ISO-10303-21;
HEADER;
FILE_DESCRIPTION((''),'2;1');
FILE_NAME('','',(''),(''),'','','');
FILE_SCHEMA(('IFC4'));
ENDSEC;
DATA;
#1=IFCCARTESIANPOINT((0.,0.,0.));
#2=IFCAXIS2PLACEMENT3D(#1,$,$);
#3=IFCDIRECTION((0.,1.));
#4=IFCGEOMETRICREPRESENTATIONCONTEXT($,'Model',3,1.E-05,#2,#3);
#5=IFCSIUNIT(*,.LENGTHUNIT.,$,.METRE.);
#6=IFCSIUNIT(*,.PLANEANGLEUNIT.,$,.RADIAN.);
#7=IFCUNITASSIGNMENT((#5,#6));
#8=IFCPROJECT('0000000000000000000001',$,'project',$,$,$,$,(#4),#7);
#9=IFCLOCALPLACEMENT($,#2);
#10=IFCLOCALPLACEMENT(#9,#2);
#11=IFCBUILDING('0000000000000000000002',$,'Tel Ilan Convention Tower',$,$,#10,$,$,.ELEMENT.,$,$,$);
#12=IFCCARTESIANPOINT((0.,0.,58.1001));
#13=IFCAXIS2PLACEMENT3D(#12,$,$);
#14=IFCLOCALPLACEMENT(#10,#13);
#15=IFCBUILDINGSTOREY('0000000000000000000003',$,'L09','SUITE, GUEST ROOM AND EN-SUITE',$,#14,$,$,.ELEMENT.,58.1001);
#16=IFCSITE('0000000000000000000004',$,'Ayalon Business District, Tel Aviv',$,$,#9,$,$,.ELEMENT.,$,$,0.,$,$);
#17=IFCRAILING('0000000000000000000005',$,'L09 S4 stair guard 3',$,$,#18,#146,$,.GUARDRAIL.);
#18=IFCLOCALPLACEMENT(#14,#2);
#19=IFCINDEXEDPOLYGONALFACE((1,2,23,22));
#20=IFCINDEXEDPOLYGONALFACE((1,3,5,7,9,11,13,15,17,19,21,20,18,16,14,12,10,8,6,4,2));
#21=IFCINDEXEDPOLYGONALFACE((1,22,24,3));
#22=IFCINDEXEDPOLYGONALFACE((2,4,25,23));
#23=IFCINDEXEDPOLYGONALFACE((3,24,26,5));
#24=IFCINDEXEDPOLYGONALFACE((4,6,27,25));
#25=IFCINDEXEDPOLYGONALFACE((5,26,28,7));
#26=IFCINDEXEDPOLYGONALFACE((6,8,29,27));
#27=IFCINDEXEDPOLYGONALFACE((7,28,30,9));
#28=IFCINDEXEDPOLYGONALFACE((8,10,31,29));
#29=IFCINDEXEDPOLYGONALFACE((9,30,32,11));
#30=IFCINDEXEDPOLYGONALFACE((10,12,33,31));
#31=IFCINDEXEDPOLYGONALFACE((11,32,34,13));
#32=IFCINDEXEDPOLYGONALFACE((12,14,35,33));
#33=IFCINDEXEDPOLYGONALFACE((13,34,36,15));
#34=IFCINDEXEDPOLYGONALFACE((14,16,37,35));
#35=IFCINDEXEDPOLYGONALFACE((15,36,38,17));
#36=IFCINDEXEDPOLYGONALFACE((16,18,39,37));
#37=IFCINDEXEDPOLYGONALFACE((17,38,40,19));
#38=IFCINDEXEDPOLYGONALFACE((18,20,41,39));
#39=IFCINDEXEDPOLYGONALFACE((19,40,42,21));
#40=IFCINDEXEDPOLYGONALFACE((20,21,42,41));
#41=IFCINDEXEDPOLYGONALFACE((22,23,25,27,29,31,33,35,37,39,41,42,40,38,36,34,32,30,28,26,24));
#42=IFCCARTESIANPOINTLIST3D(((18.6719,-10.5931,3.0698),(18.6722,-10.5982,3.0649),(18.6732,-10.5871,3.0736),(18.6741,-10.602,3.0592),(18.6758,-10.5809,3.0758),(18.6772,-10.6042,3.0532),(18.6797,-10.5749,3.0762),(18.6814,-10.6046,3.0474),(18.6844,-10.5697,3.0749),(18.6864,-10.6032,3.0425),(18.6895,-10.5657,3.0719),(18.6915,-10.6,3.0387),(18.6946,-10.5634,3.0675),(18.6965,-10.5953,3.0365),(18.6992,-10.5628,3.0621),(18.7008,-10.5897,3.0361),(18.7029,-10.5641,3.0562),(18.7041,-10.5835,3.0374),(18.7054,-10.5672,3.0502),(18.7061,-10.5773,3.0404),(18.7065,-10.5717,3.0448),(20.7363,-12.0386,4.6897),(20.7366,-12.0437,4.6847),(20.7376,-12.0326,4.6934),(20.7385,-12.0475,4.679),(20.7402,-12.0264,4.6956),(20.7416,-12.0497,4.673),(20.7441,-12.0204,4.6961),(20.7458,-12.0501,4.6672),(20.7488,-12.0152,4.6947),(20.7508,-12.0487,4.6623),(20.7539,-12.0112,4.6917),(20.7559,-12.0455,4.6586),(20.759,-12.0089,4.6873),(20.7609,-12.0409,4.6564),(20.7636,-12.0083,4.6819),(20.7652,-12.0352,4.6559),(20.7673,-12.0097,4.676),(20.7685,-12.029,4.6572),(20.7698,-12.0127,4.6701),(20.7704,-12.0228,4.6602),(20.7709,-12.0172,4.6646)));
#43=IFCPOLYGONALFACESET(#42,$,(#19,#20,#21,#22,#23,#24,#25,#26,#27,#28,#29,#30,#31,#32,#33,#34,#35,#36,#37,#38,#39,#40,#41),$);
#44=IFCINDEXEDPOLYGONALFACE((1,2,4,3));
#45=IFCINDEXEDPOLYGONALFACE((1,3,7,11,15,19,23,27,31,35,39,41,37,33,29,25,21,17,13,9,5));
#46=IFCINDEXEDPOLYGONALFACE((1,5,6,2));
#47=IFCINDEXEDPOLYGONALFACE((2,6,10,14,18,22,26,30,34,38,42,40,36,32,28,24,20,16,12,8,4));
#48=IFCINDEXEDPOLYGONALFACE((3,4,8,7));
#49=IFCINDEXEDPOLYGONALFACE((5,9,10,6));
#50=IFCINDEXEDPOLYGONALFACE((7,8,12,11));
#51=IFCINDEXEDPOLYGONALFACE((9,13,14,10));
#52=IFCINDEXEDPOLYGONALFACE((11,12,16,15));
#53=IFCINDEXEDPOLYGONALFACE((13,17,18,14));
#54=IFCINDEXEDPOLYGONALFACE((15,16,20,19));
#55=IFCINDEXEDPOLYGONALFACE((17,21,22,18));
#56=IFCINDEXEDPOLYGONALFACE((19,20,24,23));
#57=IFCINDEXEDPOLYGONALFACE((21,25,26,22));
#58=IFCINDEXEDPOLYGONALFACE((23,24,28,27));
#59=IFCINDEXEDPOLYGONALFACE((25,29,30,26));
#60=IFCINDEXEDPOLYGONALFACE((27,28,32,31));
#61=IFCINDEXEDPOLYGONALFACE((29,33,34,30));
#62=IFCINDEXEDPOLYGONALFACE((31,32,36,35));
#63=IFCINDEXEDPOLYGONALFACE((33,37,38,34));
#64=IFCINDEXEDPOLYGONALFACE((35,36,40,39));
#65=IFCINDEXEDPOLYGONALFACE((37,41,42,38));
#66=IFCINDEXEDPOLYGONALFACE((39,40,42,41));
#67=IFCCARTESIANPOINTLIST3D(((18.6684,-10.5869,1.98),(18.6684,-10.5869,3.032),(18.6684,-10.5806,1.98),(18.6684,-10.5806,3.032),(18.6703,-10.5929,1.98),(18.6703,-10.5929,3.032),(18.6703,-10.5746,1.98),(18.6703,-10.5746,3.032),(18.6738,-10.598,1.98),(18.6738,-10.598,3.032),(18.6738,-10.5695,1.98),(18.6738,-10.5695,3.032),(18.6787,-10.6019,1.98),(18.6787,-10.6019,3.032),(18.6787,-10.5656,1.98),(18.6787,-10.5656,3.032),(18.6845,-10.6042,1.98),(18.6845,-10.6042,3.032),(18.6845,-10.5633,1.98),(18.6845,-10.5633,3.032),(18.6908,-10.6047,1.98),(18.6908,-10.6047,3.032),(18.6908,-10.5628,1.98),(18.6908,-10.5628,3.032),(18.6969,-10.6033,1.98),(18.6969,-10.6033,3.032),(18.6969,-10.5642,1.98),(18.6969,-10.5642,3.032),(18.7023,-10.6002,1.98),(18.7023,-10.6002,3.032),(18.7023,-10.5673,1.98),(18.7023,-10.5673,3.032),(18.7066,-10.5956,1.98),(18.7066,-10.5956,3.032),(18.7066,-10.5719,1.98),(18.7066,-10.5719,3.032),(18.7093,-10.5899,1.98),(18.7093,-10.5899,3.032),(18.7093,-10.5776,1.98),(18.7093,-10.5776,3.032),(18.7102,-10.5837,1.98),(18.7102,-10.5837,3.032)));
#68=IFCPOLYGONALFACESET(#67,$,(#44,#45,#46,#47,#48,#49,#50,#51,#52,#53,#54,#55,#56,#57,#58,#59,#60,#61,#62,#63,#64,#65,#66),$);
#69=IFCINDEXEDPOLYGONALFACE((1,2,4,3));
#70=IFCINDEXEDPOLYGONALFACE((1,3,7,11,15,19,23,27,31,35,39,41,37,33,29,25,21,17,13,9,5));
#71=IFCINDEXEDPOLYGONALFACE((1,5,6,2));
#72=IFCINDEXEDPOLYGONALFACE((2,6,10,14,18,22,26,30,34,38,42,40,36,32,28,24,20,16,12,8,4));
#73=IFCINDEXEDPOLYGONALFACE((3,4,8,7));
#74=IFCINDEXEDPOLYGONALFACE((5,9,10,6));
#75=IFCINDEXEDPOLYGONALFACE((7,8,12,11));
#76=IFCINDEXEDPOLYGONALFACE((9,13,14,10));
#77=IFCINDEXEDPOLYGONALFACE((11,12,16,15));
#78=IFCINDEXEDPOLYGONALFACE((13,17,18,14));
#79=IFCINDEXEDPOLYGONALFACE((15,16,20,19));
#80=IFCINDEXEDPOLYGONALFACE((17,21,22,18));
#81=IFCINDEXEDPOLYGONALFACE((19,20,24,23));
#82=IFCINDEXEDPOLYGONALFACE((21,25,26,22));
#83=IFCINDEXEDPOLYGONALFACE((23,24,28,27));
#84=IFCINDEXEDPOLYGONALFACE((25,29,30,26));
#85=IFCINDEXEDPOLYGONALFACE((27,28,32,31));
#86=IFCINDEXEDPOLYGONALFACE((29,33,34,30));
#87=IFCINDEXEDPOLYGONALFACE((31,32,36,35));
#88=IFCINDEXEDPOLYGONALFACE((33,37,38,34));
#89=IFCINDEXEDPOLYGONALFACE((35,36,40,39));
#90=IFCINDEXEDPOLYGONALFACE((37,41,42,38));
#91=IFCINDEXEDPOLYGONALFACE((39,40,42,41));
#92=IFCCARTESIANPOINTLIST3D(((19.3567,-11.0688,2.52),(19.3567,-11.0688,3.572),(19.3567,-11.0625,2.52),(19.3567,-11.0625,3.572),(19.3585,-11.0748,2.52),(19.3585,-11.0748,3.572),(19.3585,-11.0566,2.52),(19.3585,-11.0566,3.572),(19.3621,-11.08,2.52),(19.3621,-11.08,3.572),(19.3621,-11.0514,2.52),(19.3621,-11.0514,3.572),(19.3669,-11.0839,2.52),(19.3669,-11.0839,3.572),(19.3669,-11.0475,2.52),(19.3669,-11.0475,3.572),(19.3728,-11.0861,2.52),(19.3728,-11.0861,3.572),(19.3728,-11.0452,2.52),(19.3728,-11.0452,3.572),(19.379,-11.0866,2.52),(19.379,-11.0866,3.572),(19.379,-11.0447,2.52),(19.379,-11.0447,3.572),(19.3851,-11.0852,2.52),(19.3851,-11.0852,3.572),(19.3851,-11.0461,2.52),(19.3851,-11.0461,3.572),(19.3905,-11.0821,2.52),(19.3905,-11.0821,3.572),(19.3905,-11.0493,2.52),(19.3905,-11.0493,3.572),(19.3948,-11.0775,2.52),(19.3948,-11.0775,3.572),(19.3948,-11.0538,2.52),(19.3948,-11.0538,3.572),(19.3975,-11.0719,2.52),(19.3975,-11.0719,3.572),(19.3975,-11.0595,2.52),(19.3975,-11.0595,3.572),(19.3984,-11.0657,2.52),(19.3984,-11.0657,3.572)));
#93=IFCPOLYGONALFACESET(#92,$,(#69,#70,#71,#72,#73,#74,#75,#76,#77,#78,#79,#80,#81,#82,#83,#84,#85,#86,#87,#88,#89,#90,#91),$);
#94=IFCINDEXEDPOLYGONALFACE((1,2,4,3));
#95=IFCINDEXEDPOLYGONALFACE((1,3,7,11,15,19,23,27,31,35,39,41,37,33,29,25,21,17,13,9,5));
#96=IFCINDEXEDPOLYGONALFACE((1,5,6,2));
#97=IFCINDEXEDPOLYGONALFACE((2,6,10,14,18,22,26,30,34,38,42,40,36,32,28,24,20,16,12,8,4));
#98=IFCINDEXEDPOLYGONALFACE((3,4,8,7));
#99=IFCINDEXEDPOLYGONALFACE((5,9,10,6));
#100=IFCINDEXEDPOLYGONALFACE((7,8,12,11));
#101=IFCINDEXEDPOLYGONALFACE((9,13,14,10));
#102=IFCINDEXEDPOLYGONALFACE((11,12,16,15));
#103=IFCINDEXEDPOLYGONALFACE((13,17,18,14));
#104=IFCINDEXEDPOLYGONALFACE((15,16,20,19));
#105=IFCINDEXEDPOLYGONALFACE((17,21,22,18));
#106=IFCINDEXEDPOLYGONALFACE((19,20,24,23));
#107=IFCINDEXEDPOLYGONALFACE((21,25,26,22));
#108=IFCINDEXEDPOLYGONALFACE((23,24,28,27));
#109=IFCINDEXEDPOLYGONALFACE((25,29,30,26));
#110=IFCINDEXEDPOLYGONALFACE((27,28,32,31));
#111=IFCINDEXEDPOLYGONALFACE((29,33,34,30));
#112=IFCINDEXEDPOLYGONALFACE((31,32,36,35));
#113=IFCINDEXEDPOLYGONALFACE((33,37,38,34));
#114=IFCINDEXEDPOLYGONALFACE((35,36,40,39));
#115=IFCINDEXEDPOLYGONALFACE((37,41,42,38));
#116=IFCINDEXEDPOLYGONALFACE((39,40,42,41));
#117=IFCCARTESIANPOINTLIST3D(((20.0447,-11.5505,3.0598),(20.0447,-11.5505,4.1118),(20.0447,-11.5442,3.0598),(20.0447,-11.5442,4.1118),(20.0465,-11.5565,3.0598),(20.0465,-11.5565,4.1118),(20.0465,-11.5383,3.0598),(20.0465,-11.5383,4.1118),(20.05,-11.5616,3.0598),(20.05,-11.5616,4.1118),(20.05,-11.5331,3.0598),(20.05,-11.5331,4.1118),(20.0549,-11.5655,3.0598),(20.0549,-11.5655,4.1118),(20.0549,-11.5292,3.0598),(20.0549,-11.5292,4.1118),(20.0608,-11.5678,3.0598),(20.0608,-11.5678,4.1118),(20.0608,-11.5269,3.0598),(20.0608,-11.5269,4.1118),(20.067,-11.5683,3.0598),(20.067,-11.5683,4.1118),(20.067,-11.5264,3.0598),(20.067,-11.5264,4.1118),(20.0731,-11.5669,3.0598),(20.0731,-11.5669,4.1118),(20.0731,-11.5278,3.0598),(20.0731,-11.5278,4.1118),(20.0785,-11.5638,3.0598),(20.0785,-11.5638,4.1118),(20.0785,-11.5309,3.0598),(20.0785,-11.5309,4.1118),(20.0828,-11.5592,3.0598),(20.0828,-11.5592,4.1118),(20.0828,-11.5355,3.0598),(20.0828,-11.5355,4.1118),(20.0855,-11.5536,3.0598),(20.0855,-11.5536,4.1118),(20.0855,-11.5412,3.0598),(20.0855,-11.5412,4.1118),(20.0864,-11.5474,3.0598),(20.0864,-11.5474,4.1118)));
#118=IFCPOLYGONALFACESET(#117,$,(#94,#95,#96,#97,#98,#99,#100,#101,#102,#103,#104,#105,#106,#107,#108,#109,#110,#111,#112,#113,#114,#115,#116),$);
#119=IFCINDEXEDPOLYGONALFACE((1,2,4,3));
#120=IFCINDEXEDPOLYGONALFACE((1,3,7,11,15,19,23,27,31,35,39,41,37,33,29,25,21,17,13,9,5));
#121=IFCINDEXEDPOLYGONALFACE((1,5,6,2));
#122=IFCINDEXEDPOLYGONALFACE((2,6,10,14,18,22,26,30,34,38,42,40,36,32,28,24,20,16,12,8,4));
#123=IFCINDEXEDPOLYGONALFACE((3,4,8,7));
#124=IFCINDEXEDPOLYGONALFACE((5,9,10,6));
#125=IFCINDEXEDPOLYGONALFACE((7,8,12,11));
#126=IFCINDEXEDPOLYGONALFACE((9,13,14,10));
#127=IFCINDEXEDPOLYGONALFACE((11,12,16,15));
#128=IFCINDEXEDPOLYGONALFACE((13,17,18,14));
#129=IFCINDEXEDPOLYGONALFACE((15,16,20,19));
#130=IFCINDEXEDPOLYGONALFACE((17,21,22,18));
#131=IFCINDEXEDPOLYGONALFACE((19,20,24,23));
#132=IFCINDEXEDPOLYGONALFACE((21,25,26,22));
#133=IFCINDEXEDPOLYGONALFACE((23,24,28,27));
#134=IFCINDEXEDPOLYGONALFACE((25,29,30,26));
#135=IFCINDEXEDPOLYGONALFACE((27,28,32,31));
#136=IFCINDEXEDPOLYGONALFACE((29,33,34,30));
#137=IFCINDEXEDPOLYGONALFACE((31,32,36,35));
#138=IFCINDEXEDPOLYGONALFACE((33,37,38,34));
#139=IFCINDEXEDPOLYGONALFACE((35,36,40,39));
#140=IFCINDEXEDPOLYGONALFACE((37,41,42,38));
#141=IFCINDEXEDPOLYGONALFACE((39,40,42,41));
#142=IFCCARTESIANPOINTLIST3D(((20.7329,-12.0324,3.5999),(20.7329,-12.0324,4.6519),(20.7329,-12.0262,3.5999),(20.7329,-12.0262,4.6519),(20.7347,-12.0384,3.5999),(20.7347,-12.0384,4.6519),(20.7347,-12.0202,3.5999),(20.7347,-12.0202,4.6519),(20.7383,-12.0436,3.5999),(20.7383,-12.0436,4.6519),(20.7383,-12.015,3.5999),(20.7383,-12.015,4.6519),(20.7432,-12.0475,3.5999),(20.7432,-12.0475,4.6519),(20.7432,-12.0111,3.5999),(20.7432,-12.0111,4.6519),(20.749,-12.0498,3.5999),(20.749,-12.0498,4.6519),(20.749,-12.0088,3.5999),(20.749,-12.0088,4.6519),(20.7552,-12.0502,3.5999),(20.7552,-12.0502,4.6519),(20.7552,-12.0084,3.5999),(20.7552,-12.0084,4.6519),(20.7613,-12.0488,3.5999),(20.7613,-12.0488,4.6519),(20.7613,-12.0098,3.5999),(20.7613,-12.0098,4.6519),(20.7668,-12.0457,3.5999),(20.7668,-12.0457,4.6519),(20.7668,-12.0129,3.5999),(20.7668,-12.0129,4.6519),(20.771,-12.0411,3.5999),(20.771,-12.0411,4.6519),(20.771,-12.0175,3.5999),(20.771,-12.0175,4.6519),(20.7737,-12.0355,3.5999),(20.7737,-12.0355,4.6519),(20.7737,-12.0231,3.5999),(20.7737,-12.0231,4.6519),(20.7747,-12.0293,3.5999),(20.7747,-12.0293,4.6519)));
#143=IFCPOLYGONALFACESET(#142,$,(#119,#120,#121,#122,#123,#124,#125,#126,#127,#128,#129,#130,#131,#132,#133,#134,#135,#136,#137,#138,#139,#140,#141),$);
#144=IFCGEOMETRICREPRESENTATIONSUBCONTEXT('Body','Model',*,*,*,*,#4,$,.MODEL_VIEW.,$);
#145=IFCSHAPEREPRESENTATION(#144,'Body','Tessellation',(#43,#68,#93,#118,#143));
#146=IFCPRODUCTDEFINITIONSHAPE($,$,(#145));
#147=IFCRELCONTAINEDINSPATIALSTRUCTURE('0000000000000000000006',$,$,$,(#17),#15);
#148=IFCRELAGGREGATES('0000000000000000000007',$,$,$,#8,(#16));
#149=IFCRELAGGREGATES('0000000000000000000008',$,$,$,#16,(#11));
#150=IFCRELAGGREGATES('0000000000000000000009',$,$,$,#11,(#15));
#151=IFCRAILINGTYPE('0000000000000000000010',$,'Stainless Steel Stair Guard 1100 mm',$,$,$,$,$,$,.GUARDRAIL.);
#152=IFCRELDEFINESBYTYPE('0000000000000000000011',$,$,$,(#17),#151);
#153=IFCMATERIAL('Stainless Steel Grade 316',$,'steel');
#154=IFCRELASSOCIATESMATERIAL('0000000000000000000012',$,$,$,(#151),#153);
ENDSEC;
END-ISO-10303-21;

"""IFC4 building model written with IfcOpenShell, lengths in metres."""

from ifc_helpers import new_model, si_unit, direction, frame, origin, origin_2d, place, context, subcontext, project, spatial, circle, extrude, material, type_object, element, save


model = new_model("IFC4")

# Units and contexts
model_context = context("Model", 3, precision=1e-05, world=origin(), true_north=direction((0.0, 1.0)))
body_context = subcontext(model_context, "Body", "Model", "MODEL_VIEW")
ifc_project = project(units=[si_unit("LENGTHUNIT", "METRE"), si_unit("PLANEANGLEUNIT", "RADIAN")], contexts=[model_context])

# Site, building, storey
site_placement = place(None, origin())
site = spatial("IfcSite", under=ifc_project, at=site_placement, Name="Ayalon Business District, Tel Aviv", CompositionType="ELEMENT", RefElevation=0.0)
building_placement = place(site_placement, origin())
building = spatial("IfcBuilding", under=site, at=building_placement, Name="Tel Ilan Convention Tower", CompositionType="ELEMENT")
storey_placement = place(building_placement, frame((0.0, 0.0, 58.1001)))
storey = spatial("IfcBuildingStorey", under=building, at=storey_placement, Name="L09", Description="SUITE, GUEST ROOM AND EN-SUITE", CompositionType="ELEMENT", Elevation=58.1001)

# Railing
ifc_material_1 = material(Name="Stainless Steel Grade 316", Category="steel")
railing_type_1 = type_object("IfcRailingType", Name="Stainless Steel Stair Guard 1100 mm", PredefinedType="GUARDRAIL", material=ifc_material_1)
railing_1_placement = place(storey_placement, frame((18.6892, -10.5837, 1.98)))
element("IfcRailing", 1, at=railing_1_placement, inside=storey, type_object=railing_type_1, Name="L09 S4 stair guard 3", PredefinedType="GUARDRAIL", context=body_context, shape_type="SweptSolid", body=[
    extrude(circle(Radius=0.0239, at=origin_2d()), frame((0.0, 0.0, 1.0762), z_axis=(0.689086, -0.482507, 0.540691), x_axis=(0.573579, 0.81915, 0.0)), (0.0, 0.0, 1.0), 2.9958),
    extrude(circle(Radius=0.021, at=origin_2d()), origin(), (0.0, 0.0, 1.0), 1.052),
    extrude(circle(Radius=0.021, at=origin_2d()), frame((0.6882, -0.4819, 0.54)), (0.0, 0.0, 1.0), 1.052),
    extrude(circle(Radius=0.021, at=origin_2d()), frame((1.3762, -0.9636, 1.0798)), (0.0, 0.0, 1.0), 1.052),
    extrude(circle(Radius=0.021, at=origin_2d()), frame((2.0645, -1.4456, 1.6199)), (0.0, 0.0, 1.0), 1.052),
])

save(model, "model.ifc")
